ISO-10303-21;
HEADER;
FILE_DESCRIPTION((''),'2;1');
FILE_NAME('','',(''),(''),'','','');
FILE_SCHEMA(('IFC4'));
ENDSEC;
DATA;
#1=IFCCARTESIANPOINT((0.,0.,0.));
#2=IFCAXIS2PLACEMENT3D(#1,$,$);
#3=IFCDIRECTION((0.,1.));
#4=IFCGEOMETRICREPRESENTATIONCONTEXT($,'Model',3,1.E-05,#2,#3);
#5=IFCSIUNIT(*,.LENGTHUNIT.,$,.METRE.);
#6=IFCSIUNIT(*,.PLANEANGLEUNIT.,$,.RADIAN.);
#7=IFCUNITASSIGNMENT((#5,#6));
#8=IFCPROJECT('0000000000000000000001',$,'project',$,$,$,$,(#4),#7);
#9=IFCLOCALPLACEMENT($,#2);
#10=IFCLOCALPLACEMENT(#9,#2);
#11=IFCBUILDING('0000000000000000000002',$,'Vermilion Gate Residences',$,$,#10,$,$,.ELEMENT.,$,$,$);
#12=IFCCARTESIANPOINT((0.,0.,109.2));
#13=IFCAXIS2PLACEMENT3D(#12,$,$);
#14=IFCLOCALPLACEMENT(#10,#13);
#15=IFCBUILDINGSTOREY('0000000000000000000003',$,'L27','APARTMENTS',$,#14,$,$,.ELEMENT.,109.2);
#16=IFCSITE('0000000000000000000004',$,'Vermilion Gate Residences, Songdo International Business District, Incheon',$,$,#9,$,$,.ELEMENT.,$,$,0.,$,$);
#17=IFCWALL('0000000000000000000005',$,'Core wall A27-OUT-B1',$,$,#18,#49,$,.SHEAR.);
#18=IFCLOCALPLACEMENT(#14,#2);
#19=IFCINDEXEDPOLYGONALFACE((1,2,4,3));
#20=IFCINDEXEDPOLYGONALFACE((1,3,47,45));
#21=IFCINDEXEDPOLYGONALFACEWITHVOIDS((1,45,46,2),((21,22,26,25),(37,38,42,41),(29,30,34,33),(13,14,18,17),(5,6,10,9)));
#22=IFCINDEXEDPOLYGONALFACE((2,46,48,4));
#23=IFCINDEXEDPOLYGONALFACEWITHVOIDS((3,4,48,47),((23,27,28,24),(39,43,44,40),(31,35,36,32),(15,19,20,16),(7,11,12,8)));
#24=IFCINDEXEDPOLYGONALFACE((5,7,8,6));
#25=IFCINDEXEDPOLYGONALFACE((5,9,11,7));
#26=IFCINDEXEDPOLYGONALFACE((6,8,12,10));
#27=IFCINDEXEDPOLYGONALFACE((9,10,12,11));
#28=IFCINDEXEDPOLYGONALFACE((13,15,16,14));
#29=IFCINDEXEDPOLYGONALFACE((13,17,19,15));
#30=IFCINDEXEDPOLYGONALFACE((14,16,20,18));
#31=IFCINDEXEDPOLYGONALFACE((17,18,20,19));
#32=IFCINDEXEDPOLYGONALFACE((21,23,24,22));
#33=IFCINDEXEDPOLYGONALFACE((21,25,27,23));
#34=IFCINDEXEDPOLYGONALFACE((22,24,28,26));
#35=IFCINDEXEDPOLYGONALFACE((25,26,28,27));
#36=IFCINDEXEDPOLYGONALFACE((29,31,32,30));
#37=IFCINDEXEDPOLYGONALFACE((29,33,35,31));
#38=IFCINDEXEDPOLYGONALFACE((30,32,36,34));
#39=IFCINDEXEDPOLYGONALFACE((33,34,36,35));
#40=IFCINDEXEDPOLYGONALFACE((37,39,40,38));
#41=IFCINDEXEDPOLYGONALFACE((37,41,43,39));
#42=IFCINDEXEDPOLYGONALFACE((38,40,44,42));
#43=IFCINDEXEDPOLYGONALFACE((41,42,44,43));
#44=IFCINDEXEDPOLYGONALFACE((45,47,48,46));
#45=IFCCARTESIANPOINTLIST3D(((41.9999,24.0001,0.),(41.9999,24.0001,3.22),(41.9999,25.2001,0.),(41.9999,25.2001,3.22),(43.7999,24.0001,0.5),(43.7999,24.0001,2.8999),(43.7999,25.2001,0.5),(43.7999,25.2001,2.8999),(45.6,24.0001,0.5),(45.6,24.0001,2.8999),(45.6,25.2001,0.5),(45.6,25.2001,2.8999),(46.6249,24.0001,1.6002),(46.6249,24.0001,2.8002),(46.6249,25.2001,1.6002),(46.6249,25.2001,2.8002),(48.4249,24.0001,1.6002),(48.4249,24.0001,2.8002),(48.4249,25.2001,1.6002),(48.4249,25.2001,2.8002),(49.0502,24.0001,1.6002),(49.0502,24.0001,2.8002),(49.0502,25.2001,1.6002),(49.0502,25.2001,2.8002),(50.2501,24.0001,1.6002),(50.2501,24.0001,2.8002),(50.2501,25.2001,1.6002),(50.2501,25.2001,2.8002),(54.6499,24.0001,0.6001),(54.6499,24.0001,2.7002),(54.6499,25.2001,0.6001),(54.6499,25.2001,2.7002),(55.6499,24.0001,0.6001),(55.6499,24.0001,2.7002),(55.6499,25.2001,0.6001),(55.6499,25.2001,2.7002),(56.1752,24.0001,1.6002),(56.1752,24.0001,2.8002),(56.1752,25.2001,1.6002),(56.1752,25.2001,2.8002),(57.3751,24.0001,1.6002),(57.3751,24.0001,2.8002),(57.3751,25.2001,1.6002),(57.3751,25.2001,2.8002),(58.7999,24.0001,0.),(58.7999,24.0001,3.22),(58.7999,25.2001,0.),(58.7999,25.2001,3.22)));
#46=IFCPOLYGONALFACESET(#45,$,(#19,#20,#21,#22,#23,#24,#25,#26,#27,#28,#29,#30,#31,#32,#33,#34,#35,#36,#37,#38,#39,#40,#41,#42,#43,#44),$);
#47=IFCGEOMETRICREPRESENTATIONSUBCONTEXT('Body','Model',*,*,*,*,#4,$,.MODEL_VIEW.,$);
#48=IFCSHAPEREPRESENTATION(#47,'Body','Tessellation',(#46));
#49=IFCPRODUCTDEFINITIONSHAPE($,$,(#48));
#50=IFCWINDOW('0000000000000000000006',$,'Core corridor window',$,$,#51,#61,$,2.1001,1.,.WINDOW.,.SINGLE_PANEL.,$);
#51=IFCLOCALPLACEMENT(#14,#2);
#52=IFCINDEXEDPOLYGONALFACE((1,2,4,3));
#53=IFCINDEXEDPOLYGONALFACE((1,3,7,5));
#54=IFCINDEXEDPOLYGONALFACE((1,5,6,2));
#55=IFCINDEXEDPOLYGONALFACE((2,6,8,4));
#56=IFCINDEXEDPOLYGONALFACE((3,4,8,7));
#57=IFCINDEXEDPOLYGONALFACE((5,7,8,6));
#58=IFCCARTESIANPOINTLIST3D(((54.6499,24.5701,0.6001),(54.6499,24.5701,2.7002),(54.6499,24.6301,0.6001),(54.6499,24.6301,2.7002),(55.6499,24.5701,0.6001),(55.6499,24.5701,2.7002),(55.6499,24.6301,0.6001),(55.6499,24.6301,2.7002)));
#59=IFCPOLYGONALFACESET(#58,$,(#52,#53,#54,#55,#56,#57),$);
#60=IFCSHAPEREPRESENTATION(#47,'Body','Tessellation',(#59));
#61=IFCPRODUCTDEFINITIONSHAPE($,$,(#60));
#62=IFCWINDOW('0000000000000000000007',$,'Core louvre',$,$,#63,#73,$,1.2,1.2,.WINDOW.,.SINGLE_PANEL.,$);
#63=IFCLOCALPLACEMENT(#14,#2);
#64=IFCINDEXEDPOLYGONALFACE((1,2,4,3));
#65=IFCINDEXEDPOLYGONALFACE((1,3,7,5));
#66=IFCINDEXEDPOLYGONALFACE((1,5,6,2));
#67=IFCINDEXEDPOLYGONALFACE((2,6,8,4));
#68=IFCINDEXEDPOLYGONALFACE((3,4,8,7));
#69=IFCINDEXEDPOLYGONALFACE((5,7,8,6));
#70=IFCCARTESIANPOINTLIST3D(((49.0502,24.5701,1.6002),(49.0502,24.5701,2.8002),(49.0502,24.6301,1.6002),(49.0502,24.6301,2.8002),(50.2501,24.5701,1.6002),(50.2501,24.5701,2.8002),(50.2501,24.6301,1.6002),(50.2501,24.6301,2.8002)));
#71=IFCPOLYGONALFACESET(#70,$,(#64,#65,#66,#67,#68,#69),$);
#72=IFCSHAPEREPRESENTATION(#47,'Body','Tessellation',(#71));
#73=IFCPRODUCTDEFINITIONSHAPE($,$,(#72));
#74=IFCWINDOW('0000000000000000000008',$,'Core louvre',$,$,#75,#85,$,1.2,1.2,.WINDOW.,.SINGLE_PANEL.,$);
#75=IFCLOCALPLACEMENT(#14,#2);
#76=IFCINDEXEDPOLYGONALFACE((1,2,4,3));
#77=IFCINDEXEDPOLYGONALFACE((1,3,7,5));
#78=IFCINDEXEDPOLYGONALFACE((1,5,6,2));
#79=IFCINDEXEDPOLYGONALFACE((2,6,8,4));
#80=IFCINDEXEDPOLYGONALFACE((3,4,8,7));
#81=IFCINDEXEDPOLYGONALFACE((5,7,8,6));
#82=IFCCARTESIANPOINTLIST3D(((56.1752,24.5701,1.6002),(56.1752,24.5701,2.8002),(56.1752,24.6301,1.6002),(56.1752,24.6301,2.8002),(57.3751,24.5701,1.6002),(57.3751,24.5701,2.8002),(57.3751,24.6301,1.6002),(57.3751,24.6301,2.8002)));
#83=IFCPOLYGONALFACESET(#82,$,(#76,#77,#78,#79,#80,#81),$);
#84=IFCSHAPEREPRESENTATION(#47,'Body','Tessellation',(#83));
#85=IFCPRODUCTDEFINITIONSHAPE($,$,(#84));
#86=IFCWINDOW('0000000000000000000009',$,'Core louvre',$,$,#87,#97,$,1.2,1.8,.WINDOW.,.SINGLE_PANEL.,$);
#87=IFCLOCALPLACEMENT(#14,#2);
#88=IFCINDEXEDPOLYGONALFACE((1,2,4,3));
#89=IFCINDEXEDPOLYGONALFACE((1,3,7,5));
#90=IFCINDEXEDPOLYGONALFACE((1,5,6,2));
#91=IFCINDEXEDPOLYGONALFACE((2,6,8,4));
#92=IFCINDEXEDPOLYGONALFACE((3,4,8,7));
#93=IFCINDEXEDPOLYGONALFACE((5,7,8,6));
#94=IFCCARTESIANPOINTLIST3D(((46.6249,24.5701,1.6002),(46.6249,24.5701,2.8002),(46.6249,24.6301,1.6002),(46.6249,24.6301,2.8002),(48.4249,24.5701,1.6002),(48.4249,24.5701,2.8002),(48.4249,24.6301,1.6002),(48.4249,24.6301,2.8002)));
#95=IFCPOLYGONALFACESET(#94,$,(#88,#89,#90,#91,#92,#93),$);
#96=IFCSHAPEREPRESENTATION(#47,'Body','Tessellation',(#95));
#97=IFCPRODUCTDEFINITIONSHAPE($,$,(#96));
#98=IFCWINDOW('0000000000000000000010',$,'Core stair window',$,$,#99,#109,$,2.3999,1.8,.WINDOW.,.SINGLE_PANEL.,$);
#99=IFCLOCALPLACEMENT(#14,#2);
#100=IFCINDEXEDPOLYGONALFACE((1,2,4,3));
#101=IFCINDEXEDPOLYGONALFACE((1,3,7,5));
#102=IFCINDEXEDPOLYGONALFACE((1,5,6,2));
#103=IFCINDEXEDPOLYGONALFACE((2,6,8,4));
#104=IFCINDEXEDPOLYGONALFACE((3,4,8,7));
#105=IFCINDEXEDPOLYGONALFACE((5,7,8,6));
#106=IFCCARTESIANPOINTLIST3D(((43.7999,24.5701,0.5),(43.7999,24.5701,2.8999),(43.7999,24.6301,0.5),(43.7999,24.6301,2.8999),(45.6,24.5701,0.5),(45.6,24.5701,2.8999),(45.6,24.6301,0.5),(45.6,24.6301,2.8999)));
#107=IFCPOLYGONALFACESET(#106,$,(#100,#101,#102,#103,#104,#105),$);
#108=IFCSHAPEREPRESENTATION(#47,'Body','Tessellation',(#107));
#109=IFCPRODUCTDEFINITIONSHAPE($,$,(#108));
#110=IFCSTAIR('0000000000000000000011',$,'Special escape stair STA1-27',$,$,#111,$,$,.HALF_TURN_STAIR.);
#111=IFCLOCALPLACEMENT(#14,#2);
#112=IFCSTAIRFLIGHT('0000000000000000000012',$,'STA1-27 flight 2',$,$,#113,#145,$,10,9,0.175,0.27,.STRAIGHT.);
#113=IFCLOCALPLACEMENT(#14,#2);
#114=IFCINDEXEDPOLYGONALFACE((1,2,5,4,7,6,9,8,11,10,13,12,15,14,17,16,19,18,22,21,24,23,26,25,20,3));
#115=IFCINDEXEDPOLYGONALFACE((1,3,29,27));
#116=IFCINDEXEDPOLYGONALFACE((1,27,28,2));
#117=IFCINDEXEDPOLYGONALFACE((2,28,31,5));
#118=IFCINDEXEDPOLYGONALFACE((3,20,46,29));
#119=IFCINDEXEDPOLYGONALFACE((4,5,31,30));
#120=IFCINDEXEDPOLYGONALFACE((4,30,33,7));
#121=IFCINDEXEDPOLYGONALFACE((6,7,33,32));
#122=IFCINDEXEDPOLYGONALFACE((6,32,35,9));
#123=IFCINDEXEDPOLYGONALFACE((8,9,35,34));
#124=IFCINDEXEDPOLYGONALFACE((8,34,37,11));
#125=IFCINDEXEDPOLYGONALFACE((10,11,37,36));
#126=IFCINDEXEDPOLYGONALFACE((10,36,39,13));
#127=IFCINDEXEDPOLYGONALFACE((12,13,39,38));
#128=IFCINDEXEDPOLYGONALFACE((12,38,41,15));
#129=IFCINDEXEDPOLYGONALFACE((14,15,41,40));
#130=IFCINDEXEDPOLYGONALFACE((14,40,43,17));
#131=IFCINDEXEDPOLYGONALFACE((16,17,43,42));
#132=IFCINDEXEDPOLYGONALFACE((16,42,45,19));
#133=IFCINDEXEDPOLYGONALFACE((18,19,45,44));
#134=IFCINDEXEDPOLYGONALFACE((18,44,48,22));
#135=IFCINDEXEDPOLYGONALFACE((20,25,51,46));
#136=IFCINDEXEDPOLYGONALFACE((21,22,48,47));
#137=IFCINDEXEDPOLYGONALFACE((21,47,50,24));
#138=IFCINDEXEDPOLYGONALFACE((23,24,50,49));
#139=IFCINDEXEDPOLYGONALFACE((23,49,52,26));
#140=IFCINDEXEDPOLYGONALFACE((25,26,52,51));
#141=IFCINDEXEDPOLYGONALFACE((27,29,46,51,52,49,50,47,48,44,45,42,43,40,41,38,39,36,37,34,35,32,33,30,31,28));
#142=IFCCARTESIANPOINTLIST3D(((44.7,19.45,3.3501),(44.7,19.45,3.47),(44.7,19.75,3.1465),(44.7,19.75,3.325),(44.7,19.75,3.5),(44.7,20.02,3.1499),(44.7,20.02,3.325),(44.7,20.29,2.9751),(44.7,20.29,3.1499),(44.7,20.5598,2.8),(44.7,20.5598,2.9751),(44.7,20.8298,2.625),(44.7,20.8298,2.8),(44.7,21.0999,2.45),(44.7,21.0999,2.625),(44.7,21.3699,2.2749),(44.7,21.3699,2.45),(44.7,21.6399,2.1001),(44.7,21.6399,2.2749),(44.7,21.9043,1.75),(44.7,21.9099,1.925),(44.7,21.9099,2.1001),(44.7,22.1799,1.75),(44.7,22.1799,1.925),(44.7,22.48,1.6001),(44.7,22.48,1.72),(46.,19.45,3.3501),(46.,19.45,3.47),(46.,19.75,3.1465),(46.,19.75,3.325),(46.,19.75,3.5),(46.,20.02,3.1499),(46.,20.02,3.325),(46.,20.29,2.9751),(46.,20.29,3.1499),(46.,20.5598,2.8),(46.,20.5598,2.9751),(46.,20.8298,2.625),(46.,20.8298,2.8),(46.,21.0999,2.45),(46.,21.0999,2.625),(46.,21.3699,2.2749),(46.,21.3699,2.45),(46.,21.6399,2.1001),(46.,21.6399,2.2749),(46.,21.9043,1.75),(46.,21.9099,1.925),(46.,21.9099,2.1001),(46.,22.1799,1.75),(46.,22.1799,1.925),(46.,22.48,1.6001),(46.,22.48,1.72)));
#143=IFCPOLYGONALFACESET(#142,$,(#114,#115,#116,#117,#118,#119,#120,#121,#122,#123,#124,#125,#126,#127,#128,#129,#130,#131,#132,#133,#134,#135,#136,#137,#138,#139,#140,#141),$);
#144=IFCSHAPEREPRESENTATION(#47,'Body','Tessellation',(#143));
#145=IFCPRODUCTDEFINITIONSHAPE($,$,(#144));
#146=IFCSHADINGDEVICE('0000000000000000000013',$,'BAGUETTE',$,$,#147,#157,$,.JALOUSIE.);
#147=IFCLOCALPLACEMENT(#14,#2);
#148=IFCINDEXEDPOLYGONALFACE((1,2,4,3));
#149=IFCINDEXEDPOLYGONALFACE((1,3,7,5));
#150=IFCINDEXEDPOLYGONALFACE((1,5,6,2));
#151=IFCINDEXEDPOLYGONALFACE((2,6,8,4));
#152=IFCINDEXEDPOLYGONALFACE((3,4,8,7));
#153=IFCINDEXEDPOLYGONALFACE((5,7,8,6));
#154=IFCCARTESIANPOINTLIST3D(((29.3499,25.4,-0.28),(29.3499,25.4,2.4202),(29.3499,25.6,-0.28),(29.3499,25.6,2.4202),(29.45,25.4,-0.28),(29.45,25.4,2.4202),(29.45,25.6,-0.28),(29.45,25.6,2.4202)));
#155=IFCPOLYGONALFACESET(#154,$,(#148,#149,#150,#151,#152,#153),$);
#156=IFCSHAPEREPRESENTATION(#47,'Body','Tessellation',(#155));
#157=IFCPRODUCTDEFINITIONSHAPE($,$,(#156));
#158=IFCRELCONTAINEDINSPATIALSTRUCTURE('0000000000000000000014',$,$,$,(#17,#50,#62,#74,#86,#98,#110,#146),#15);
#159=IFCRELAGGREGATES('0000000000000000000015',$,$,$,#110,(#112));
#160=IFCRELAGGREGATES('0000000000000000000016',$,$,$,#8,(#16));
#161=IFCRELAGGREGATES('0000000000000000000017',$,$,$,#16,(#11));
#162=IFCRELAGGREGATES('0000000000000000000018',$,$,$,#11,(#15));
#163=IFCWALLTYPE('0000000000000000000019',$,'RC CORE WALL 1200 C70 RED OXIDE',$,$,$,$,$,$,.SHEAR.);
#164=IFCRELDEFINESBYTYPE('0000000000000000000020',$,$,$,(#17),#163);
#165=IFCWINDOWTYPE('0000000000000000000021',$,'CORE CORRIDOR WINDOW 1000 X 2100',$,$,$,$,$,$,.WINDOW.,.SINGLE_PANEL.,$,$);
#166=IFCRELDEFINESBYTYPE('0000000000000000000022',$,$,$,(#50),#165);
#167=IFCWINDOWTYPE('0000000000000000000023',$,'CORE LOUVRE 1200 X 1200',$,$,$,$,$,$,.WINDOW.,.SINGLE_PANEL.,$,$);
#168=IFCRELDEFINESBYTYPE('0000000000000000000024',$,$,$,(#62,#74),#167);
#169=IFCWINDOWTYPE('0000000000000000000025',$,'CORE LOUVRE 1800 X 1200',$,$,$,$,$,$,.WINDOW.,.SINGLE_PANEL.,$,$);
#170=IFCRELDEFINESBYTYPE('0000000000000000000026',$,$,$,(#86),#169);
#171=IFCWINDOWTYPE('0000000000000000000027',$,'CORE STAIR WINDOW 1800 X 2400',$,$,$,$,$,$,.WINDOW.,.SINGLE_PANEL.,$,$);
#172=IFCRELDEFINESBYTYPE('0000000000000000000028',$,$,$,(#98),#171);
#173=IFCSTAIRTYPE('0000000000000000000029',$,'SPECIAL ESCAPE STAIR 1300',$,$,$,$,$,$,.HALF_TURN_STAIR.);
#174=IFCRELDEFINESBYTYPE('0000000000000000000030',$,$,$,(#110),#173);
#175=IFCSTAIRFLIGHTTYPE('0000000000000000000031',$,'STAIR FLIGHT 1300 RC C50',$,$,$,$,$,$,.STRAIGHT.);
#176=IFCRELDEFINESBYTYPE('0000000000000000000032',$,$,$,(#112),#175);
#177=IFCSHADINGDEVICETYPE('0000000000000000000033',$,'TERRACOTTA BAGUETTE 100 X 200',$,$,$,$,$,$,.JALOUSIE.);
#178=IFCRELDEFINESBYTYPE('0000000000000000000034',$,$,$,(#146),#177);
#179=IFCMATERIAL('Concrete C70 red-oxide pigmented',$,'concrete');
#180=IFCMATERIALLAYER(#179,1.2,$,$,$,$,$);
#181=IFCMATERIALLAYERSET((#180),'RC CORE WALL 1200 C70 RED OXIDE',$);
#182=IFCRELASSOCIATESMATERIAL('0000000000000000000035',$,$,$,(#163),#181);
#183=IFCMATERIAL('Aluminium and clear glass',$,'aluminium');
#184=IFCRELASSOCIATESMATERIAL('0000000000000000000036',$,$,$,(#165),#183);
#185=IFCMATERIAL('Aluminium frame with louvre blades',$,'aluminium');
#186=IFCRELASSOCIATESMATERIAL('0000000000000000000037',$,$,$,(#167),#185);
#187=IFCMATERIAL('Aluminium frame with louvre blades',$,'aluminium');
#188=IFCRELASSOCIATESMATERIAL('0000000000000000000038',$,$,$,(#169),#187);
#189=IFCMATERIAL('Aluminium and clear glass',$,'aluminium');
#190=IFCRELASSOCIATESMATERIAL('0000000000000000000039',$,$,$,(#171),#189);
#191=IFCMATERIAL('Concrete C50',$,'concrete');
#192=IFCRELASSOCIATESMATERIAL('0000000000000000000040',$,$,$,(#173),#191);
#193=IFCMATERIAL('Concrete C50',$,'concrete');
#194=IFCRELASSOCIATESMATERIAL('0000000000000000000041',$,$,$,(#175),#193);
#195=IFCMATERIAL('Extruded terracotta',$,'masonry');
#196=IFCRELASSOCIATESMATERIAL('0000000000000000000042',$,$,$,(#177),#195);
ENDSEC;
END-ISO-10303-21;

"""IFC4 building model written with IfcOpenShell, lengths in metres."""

from ifc_helpers import new_model, si_unit, direction, frame, frame_2d, origin, origin_2d, place, context, subcontext, project, spatial, polyline, rectangle, outline, extrude, material, layer, layer_set, material_profile, profile_set, type_object, element, fill, aggregate, save


model = new_model("IFC4")

# Units and contexts
model_context = context("Model", 3, precision=1e-05, world=origin(), true_north=direction((0.0, 1.0)))
body_context = subcontext(model_context, "Body", "Model", "MODEL_VIEW")
ifc_project = project(units=[si_unit("LENGTHUNIT", "METRE"), si_unit("PLANEANGLEUNIT", "RADIAN")], contexts=[model_context])

# Site, building, storey
site_placement = place(None, origin())
site = spatial("IfcSite", under=ifc_project, at=site_placement, Name="Vermilion Gate Residences, Songdo International Business District, Incheon", CompositionType="ELEMENT", RefElevation=0.0)
building_placement = place(site_placement, origin())
building = spatial("IfcBuilding", under=site, at=building_placement, Name="Vermilion Gate Residences", CompositionType="ELEMENT")
storey_placement = place(building_placement, frame((0.0, 0.0, 109.2)))
storey = spatial("IfcBuildingStorey", under=building, at=storey_placement, Name="L27", Description="APARTMENTS", CompositionType="ELEMENT", Elevation=109.2)

# Wall, openings, windows
ifc_material_1 = material(Name="Concrete C70 red-oxide pigmented", Category="concrete")
ifc_layer_1 = layer(ifc_material_1, 1.2)
ifc_layer_set_1 = layer_set([ifc_layer_1], Name="RC CORE WALL 1200 C70 RED OXIDE")
wall_type_1 = type_object("IfcWallType", Name="RC CORE WALL 1200 C70 RED OXIDE", PredefinedType="SHEAR", material=ifc_layer_set_1)
wall_1_placement = place(storey_placement, frame((42.0, 24.6001, 0.0), z_axis=(0.0, 0.0, 1.0), x_axis=(1.0, 0.0, 0.0)))
wall_1 = element("IfcWall", 1, at=wall_1_placement, inside=storey, type_object=wall_type_1, Name="Core wall A27-OUT-B1", PredefinedType="SHEAR", context=body_context, shape_type="SweptSolid", body=[
    extrude(rectangle(XDim=16.8, YDim=1.2, at=frame_2d((8.3999, 0.0))), origin(), (0.0, 0.0, 1.0), 3.22),
])
opening_1_placement = place(wall_1_placement, frame((1.8, 0.0, 0.5)))
opening_1 = element("IfcOpeningElement", 2, at=opening_1_placement, cuts=wall_1, PredefinedType="OPENING", context=body_context, shape_type="SweptSolid", body=[
    extrude(rectangle(XDim=1.8, YDim=2.3999, at=frame_2d((0.8999, 1.2))), frame((0.0, 0.6099, 0.0), z_axis=(0.0, -1.0, 0.0), x_axis=(1.0, 0.0, 0.0)), (0.0, 0.0, 1.0), 1.22),
])
opening_2_placement = place(wall_1_placement, frame((4.625, 0.0, 1.6001)))
opening_2 = element("IfcOpeningElement", 3, at=opening_2_placement, cuts=wall_1, PredefinedType="OPENING", context=body_context, shape_type="SweptSolid", body=[
    extrude(rectangle(XDim=1.8, YDim=1.2, at=frame_2d((0.8999, 0.6001))), frame((0.0, 0.6099, 0.0), z_axis=(0.0, -1.0, 0.0), x_axis=(1.0, 0.0, 0.0)), (0.0, 0.0, 1.0), 1.22),
])
opening_3_placement = place(wall_1_placement, frame((7.05, 0.0, 1.6001)))
opening_3 = element("IfcOpeningElement", 4, at=opening_3_placement, cuts=wall_1, PredefinedType="OPENING", context=body_context, shape_type="SweptSolid", body=[
    extrude(rectangle(XDim=1.2, YDim=1.2, at=frame_2d((0.6001, 0.6001))), frame((0.0, 0.6099, 0.0), z_axis=(0.0, -1.0, 0.0), x_axis=(1.0, 0.0, 0.0)), (0.0, 0.0, 1.0), 1.22),
])
opening_4_placement = place(wall_1_placement, frame((12.6499, 0.0, 0.6001)))
opening_4 = element("IfcOpeningElement", 5, at=opening_4_placement, cuts=wall_1, PredefinedType="OPENING", context=body_context, shape_type="SweptSolid", body=[
    extrude(rectangle(XDim=1.0, YDim=2.1001, at=frame_2d((0.5, 1.05))), frame((0.0, 0.6099, 0.0), z_axis=(0.0, -1.0, 0.0), x_axis=(1.0, 0.0, 0.0)), (0.0, 0.0, 1.0), 1.22),
])
opening_5_placement = place(wall_1_placement, frame((14.175, 0.0, 1.6001)))
opening_5 = element("IfcOpeningElement", 6, at=opening_5_placement, cuts=wall_1, PredefinedType="OPENING", context=body_context, shape_type="SweptSolid", body=[
    extrude(rectangle(XDim=1.2, YDim=1.2, at=frame_2d((0.6001, 0.6001))), frame((0.0, 0.6099, 0.0), z_axis=(0.0, -1.0, 0.0), x_axis=(1.0, 0.0, 0.0)), (0.0, 0.0, 1.0), 1.22),
])
ifc_material_2 = material(Name="Aluminium and clear glass", Category="aluminium")
window_type_1 = type_object("IfcWindowType", Name="CORE CORRIDOR WINDOW 1000 X 2100", PartitioningType="SINGLE_PANEL", PredefinedType="WINDOW", material=ifc_material_2)
window_1_placement = place(opening_4_placement, origin())
window_1 = element("IfcWindow", 7, at=window_1_placement, inside=storey, type_object=window_type_1, Name="Core corridor window", OverallHeight=2.1001, OverallWidth=1.0, PartitioningType="SINGLE_PANEL", PredefinedType="WINDOW", context=body_context, shape_type="SweptSolid", body=[
    extrude(rectangle(XDim=1.0, YDim=2.1001, at=frame_2d((0.5, 1.05))), frame((0.0, 0.03, 0.0), z_axis=(0.0, -1.0, 0.0), x_axis=(1.0, 0.0, 0.0)), (0.0, 0.0, 1.0), 0.0601),
])
fill(opening_4, window_1)
ifc_material_3 = material(Name="Aluminium frame with louvre blades", Category="aluminium")
window_type_2 = type_object("IfcWindowType", Name="CORE LOUVRE 1200 X 1200", PartitioningType="SINGLE_PANEL", PredefinedType="WINDOW", material=ifc_material_3)
window_2_placement = place(opening_3_placement, origin())
window_2 = element("IfcWindow", 8, at=window_2_placement, inside=storey, type_object=window_type_2, Name="Core louvre", OverallHeight=1.2, OverallWidth=1.2, PartitioningType="SINGLE_PANEL", PredefinedType="WINDOW", context=body_context, shape_type="SweptSolid", body=[
    extrude(rectangle(XDim=1.2, YDim=1.2, at=frame_2d((0.6001, 0.6001))), frame((0.0, 0.03, 0.0), z_axis=(0.0, -1.0, 0.0), x_axis=(1.0, 0.0, 0.0)), (0.0, 0.0, 1.0), 0.0601),
])
fill(opening_3, window_2)
window_3_placement = place(opening_5_placement, origin())
window_3 = element("IfcWindow", 9, at=window_3_placement, inside=storey, type_object=window_type_2, Name="Core louvre", OverallHeight=1.2, OverallWidth=1.2, PartitioningType="SINGLE_PANEL", PredefinedType="WINDOW", context=body_context, shape_type="SweptSolid", body=[
    extrude(rectangle(XDim=1.2, YDim=1.2, at=frame_2d((0.6001, 0.6001))), frame((0.0, 0.03, 0.0), z_axis=(0.0, -1.0, 0.0), x_axis=(1.0, 0.0, 0.0)), (0.0, 0.0, 1.0), 0.0601),
])
fill(opening_5, window_3)
ifc_material_4 = material(Name="Aluminium frame with louvre blades", Category="aluminium")
window_type_3 = type_object("IfcWindowType", Name="CORE LOUVRE 1800 X 1200", PartitioningType="SINGLE_PANEL", PredefinedType="WINDOW", material=ifc_material_4)
window_4_placement = place(opening_2_placement, origin())
window_4 = element("IfcWindow", 10, at=window_4_placement, inside=storey, type_object=window_type_3, Name="Core louvre", OverallHeight=1.2, OverallWidth=1.8, PartitioningType="SINGLE_PANEL", PredefinedType="WINDOW", context=body_context, shape_type="SweptSolid", body=[
    extrude(rectangle(XDim=1.8, YDim=1.2, at=frame_2d((0.8999, 0.6001))), frame((0.0, 0.03, 0.0), z_axis=(0.0, -1.0, 0.0), x_axis=(1.0, 0.0, 0.0)), (0.0, 0.0, 1.0), 0.0601),
])
fill(opening_2, window_4)
ifc_material_5 = material(Name="Aluminium and clear glass", Category="aluminium")
window_type_4 = type_object("IfcWindowType", Name="CORE STAIR WINDOW 1800 X 2400", PartitioningType="SINGLE_PANEL", PredefinedType="WINDOW", material=ifc_material_5)
window_5_placement = place(opening_1_placement, origin())
window_5 = element("IfcWindow", 11, at=window_5_placement, inside=storey, type_object=window_type_4, Name="Core stair window", OverallHeight=2.3999, OverallWidth=1.8, PartitioningType="SINGLE_PANEL", PredefinedType="WINDOW", context=body_context, shape_type="SweptSolid", body=[
    extrude(rectangle(XDim=1.8, YDim=2.3999, at=frame_2d((0.8999, 1.2))), frame((0.0, 0.03, 0.0), z_axis=(0.0, -1.0, 0.0), x_axis=(1.0, 0.0, 0.0)), (0.0, 0.0, 1.0), 0.0601),
])
fill(opening_1, window_5)

# Stair, stair flight
ifc_material_6 = material(Name="Concrete C50", Category="concrete")
stair_type = type_object("IfcStairType", Name="SPECIAL ESCAPE STAIR 1300", PredefinedType="HALF_TURN_STAIR", material=ifc_material_6)
stair_placement = place(storey_placement, origin())
stair = element("IfcStair", 12, at=stair_placement, inside=storey, type_object=stair_type, Name="Special escape stair STA1-27", PredefinedType="HALF_TURN_STAIR")
ifc_material_7 = material(Name="Concrete C50", Category="concrete")
stair_flight_type = type_object("IfcStairFlightType", Name="STAIR FLIGHT 1300 RC C50", PredefinedType="STRAIGHT", material=ifc_material_7)
stair_flight_placement = place(storey_placement, frame((45.3501, 22.1799, 1.75), z_axis=(0.0, 0.0, 1.0), x_axis=(0.0, -1.0, 0.0)))
stair_flight = element("IfcStairFlight", 13, at=stair_flight_placement, type_object=stair_flight_type, Name="STA1-27 flight 2", NumberOfRisers=10, NumberOfTreads=9, PredefinedType="STRAIGHT", RiserHeight=0.175, TreadLength=0.27, context=body_context, shape_type="SweptSolid", body=[
    extrude(outline(polyline([(-0.3, -0.1499), (-0.3, -0.03), (0.0, 0.0), (0.0, 0.175), (0.27, 0.175), (0.27, 0.3501), (0.54, 0.3501), (0.54, 0.5249), (0.8101, 0.5249), (0.8101, 0.7), (1.0801, 0.7), (1.0801, 0.875), (1.3501, 0.875), (1.3501, 1.05), (1.6201, 1.05), (1.6201, 1.2251), (1.8899, 1.2251), (1.8899, 1.3999), (2.1599, 1.3999), (2.1599, 1.575), (2.4299, 1.575), (2.4299, 1.75), (2.73, 1.72), (2.73, 1.6001), (2.4299, 1.3965), (0.2756, 0.0), (-0.3, -0.1499)])), frame((0.0, 0.6499, 0.0), z_axis=(0.0, -1.0, 0.0), x_axis=(1.0, 0.0, 0.0)), (0.0, 0.0, 1.0), 1.3),
])
aggregate(stair, [stair_flight])

# Shading device
ifc_material_8 = material(Name="Extruded terracotta", Category="masonry")
ifc_material_profile_1 = material_profile(ifc_material_8, rectangle(XDim=0.2, YDim=0.1001, at=origin_2d()), Name="BAGUETTE 100 X 200")
ifc_profile_set_1 = profile_set([ifc_material_profile_1], Name="Extruded terracotta")
shading_device_type_1 = type_object("IfcShadingDeviceType", Name="TERRACOTTA BAGUETTE 100 X 200", PredefinedType="JALOUSIE", material=ifc_profile_set_1)
shading_device_1_placement = place(storey_placement, frame((29.3999, 25.5, -0.28), z_axis=(0.0, 0.0, 1.0), x_axis=(0.0, -1.0, 0.0)))
element("IfcShadingDevice", 14, at=shading_device_1_placement, inside=storey, type_object=shading_device_type_1, Name="BAGUETTE", PredefinedType="JALOUSIE", context=body_context, shape_type="SweptSolid", body=[
    extrude(rectangle(XDim=0.2, YDim=0.1001, at=origin_2d()), origin(), (0.0, 0.0, 1.0), 2.7002),
])

save(model, "model.ifc")
